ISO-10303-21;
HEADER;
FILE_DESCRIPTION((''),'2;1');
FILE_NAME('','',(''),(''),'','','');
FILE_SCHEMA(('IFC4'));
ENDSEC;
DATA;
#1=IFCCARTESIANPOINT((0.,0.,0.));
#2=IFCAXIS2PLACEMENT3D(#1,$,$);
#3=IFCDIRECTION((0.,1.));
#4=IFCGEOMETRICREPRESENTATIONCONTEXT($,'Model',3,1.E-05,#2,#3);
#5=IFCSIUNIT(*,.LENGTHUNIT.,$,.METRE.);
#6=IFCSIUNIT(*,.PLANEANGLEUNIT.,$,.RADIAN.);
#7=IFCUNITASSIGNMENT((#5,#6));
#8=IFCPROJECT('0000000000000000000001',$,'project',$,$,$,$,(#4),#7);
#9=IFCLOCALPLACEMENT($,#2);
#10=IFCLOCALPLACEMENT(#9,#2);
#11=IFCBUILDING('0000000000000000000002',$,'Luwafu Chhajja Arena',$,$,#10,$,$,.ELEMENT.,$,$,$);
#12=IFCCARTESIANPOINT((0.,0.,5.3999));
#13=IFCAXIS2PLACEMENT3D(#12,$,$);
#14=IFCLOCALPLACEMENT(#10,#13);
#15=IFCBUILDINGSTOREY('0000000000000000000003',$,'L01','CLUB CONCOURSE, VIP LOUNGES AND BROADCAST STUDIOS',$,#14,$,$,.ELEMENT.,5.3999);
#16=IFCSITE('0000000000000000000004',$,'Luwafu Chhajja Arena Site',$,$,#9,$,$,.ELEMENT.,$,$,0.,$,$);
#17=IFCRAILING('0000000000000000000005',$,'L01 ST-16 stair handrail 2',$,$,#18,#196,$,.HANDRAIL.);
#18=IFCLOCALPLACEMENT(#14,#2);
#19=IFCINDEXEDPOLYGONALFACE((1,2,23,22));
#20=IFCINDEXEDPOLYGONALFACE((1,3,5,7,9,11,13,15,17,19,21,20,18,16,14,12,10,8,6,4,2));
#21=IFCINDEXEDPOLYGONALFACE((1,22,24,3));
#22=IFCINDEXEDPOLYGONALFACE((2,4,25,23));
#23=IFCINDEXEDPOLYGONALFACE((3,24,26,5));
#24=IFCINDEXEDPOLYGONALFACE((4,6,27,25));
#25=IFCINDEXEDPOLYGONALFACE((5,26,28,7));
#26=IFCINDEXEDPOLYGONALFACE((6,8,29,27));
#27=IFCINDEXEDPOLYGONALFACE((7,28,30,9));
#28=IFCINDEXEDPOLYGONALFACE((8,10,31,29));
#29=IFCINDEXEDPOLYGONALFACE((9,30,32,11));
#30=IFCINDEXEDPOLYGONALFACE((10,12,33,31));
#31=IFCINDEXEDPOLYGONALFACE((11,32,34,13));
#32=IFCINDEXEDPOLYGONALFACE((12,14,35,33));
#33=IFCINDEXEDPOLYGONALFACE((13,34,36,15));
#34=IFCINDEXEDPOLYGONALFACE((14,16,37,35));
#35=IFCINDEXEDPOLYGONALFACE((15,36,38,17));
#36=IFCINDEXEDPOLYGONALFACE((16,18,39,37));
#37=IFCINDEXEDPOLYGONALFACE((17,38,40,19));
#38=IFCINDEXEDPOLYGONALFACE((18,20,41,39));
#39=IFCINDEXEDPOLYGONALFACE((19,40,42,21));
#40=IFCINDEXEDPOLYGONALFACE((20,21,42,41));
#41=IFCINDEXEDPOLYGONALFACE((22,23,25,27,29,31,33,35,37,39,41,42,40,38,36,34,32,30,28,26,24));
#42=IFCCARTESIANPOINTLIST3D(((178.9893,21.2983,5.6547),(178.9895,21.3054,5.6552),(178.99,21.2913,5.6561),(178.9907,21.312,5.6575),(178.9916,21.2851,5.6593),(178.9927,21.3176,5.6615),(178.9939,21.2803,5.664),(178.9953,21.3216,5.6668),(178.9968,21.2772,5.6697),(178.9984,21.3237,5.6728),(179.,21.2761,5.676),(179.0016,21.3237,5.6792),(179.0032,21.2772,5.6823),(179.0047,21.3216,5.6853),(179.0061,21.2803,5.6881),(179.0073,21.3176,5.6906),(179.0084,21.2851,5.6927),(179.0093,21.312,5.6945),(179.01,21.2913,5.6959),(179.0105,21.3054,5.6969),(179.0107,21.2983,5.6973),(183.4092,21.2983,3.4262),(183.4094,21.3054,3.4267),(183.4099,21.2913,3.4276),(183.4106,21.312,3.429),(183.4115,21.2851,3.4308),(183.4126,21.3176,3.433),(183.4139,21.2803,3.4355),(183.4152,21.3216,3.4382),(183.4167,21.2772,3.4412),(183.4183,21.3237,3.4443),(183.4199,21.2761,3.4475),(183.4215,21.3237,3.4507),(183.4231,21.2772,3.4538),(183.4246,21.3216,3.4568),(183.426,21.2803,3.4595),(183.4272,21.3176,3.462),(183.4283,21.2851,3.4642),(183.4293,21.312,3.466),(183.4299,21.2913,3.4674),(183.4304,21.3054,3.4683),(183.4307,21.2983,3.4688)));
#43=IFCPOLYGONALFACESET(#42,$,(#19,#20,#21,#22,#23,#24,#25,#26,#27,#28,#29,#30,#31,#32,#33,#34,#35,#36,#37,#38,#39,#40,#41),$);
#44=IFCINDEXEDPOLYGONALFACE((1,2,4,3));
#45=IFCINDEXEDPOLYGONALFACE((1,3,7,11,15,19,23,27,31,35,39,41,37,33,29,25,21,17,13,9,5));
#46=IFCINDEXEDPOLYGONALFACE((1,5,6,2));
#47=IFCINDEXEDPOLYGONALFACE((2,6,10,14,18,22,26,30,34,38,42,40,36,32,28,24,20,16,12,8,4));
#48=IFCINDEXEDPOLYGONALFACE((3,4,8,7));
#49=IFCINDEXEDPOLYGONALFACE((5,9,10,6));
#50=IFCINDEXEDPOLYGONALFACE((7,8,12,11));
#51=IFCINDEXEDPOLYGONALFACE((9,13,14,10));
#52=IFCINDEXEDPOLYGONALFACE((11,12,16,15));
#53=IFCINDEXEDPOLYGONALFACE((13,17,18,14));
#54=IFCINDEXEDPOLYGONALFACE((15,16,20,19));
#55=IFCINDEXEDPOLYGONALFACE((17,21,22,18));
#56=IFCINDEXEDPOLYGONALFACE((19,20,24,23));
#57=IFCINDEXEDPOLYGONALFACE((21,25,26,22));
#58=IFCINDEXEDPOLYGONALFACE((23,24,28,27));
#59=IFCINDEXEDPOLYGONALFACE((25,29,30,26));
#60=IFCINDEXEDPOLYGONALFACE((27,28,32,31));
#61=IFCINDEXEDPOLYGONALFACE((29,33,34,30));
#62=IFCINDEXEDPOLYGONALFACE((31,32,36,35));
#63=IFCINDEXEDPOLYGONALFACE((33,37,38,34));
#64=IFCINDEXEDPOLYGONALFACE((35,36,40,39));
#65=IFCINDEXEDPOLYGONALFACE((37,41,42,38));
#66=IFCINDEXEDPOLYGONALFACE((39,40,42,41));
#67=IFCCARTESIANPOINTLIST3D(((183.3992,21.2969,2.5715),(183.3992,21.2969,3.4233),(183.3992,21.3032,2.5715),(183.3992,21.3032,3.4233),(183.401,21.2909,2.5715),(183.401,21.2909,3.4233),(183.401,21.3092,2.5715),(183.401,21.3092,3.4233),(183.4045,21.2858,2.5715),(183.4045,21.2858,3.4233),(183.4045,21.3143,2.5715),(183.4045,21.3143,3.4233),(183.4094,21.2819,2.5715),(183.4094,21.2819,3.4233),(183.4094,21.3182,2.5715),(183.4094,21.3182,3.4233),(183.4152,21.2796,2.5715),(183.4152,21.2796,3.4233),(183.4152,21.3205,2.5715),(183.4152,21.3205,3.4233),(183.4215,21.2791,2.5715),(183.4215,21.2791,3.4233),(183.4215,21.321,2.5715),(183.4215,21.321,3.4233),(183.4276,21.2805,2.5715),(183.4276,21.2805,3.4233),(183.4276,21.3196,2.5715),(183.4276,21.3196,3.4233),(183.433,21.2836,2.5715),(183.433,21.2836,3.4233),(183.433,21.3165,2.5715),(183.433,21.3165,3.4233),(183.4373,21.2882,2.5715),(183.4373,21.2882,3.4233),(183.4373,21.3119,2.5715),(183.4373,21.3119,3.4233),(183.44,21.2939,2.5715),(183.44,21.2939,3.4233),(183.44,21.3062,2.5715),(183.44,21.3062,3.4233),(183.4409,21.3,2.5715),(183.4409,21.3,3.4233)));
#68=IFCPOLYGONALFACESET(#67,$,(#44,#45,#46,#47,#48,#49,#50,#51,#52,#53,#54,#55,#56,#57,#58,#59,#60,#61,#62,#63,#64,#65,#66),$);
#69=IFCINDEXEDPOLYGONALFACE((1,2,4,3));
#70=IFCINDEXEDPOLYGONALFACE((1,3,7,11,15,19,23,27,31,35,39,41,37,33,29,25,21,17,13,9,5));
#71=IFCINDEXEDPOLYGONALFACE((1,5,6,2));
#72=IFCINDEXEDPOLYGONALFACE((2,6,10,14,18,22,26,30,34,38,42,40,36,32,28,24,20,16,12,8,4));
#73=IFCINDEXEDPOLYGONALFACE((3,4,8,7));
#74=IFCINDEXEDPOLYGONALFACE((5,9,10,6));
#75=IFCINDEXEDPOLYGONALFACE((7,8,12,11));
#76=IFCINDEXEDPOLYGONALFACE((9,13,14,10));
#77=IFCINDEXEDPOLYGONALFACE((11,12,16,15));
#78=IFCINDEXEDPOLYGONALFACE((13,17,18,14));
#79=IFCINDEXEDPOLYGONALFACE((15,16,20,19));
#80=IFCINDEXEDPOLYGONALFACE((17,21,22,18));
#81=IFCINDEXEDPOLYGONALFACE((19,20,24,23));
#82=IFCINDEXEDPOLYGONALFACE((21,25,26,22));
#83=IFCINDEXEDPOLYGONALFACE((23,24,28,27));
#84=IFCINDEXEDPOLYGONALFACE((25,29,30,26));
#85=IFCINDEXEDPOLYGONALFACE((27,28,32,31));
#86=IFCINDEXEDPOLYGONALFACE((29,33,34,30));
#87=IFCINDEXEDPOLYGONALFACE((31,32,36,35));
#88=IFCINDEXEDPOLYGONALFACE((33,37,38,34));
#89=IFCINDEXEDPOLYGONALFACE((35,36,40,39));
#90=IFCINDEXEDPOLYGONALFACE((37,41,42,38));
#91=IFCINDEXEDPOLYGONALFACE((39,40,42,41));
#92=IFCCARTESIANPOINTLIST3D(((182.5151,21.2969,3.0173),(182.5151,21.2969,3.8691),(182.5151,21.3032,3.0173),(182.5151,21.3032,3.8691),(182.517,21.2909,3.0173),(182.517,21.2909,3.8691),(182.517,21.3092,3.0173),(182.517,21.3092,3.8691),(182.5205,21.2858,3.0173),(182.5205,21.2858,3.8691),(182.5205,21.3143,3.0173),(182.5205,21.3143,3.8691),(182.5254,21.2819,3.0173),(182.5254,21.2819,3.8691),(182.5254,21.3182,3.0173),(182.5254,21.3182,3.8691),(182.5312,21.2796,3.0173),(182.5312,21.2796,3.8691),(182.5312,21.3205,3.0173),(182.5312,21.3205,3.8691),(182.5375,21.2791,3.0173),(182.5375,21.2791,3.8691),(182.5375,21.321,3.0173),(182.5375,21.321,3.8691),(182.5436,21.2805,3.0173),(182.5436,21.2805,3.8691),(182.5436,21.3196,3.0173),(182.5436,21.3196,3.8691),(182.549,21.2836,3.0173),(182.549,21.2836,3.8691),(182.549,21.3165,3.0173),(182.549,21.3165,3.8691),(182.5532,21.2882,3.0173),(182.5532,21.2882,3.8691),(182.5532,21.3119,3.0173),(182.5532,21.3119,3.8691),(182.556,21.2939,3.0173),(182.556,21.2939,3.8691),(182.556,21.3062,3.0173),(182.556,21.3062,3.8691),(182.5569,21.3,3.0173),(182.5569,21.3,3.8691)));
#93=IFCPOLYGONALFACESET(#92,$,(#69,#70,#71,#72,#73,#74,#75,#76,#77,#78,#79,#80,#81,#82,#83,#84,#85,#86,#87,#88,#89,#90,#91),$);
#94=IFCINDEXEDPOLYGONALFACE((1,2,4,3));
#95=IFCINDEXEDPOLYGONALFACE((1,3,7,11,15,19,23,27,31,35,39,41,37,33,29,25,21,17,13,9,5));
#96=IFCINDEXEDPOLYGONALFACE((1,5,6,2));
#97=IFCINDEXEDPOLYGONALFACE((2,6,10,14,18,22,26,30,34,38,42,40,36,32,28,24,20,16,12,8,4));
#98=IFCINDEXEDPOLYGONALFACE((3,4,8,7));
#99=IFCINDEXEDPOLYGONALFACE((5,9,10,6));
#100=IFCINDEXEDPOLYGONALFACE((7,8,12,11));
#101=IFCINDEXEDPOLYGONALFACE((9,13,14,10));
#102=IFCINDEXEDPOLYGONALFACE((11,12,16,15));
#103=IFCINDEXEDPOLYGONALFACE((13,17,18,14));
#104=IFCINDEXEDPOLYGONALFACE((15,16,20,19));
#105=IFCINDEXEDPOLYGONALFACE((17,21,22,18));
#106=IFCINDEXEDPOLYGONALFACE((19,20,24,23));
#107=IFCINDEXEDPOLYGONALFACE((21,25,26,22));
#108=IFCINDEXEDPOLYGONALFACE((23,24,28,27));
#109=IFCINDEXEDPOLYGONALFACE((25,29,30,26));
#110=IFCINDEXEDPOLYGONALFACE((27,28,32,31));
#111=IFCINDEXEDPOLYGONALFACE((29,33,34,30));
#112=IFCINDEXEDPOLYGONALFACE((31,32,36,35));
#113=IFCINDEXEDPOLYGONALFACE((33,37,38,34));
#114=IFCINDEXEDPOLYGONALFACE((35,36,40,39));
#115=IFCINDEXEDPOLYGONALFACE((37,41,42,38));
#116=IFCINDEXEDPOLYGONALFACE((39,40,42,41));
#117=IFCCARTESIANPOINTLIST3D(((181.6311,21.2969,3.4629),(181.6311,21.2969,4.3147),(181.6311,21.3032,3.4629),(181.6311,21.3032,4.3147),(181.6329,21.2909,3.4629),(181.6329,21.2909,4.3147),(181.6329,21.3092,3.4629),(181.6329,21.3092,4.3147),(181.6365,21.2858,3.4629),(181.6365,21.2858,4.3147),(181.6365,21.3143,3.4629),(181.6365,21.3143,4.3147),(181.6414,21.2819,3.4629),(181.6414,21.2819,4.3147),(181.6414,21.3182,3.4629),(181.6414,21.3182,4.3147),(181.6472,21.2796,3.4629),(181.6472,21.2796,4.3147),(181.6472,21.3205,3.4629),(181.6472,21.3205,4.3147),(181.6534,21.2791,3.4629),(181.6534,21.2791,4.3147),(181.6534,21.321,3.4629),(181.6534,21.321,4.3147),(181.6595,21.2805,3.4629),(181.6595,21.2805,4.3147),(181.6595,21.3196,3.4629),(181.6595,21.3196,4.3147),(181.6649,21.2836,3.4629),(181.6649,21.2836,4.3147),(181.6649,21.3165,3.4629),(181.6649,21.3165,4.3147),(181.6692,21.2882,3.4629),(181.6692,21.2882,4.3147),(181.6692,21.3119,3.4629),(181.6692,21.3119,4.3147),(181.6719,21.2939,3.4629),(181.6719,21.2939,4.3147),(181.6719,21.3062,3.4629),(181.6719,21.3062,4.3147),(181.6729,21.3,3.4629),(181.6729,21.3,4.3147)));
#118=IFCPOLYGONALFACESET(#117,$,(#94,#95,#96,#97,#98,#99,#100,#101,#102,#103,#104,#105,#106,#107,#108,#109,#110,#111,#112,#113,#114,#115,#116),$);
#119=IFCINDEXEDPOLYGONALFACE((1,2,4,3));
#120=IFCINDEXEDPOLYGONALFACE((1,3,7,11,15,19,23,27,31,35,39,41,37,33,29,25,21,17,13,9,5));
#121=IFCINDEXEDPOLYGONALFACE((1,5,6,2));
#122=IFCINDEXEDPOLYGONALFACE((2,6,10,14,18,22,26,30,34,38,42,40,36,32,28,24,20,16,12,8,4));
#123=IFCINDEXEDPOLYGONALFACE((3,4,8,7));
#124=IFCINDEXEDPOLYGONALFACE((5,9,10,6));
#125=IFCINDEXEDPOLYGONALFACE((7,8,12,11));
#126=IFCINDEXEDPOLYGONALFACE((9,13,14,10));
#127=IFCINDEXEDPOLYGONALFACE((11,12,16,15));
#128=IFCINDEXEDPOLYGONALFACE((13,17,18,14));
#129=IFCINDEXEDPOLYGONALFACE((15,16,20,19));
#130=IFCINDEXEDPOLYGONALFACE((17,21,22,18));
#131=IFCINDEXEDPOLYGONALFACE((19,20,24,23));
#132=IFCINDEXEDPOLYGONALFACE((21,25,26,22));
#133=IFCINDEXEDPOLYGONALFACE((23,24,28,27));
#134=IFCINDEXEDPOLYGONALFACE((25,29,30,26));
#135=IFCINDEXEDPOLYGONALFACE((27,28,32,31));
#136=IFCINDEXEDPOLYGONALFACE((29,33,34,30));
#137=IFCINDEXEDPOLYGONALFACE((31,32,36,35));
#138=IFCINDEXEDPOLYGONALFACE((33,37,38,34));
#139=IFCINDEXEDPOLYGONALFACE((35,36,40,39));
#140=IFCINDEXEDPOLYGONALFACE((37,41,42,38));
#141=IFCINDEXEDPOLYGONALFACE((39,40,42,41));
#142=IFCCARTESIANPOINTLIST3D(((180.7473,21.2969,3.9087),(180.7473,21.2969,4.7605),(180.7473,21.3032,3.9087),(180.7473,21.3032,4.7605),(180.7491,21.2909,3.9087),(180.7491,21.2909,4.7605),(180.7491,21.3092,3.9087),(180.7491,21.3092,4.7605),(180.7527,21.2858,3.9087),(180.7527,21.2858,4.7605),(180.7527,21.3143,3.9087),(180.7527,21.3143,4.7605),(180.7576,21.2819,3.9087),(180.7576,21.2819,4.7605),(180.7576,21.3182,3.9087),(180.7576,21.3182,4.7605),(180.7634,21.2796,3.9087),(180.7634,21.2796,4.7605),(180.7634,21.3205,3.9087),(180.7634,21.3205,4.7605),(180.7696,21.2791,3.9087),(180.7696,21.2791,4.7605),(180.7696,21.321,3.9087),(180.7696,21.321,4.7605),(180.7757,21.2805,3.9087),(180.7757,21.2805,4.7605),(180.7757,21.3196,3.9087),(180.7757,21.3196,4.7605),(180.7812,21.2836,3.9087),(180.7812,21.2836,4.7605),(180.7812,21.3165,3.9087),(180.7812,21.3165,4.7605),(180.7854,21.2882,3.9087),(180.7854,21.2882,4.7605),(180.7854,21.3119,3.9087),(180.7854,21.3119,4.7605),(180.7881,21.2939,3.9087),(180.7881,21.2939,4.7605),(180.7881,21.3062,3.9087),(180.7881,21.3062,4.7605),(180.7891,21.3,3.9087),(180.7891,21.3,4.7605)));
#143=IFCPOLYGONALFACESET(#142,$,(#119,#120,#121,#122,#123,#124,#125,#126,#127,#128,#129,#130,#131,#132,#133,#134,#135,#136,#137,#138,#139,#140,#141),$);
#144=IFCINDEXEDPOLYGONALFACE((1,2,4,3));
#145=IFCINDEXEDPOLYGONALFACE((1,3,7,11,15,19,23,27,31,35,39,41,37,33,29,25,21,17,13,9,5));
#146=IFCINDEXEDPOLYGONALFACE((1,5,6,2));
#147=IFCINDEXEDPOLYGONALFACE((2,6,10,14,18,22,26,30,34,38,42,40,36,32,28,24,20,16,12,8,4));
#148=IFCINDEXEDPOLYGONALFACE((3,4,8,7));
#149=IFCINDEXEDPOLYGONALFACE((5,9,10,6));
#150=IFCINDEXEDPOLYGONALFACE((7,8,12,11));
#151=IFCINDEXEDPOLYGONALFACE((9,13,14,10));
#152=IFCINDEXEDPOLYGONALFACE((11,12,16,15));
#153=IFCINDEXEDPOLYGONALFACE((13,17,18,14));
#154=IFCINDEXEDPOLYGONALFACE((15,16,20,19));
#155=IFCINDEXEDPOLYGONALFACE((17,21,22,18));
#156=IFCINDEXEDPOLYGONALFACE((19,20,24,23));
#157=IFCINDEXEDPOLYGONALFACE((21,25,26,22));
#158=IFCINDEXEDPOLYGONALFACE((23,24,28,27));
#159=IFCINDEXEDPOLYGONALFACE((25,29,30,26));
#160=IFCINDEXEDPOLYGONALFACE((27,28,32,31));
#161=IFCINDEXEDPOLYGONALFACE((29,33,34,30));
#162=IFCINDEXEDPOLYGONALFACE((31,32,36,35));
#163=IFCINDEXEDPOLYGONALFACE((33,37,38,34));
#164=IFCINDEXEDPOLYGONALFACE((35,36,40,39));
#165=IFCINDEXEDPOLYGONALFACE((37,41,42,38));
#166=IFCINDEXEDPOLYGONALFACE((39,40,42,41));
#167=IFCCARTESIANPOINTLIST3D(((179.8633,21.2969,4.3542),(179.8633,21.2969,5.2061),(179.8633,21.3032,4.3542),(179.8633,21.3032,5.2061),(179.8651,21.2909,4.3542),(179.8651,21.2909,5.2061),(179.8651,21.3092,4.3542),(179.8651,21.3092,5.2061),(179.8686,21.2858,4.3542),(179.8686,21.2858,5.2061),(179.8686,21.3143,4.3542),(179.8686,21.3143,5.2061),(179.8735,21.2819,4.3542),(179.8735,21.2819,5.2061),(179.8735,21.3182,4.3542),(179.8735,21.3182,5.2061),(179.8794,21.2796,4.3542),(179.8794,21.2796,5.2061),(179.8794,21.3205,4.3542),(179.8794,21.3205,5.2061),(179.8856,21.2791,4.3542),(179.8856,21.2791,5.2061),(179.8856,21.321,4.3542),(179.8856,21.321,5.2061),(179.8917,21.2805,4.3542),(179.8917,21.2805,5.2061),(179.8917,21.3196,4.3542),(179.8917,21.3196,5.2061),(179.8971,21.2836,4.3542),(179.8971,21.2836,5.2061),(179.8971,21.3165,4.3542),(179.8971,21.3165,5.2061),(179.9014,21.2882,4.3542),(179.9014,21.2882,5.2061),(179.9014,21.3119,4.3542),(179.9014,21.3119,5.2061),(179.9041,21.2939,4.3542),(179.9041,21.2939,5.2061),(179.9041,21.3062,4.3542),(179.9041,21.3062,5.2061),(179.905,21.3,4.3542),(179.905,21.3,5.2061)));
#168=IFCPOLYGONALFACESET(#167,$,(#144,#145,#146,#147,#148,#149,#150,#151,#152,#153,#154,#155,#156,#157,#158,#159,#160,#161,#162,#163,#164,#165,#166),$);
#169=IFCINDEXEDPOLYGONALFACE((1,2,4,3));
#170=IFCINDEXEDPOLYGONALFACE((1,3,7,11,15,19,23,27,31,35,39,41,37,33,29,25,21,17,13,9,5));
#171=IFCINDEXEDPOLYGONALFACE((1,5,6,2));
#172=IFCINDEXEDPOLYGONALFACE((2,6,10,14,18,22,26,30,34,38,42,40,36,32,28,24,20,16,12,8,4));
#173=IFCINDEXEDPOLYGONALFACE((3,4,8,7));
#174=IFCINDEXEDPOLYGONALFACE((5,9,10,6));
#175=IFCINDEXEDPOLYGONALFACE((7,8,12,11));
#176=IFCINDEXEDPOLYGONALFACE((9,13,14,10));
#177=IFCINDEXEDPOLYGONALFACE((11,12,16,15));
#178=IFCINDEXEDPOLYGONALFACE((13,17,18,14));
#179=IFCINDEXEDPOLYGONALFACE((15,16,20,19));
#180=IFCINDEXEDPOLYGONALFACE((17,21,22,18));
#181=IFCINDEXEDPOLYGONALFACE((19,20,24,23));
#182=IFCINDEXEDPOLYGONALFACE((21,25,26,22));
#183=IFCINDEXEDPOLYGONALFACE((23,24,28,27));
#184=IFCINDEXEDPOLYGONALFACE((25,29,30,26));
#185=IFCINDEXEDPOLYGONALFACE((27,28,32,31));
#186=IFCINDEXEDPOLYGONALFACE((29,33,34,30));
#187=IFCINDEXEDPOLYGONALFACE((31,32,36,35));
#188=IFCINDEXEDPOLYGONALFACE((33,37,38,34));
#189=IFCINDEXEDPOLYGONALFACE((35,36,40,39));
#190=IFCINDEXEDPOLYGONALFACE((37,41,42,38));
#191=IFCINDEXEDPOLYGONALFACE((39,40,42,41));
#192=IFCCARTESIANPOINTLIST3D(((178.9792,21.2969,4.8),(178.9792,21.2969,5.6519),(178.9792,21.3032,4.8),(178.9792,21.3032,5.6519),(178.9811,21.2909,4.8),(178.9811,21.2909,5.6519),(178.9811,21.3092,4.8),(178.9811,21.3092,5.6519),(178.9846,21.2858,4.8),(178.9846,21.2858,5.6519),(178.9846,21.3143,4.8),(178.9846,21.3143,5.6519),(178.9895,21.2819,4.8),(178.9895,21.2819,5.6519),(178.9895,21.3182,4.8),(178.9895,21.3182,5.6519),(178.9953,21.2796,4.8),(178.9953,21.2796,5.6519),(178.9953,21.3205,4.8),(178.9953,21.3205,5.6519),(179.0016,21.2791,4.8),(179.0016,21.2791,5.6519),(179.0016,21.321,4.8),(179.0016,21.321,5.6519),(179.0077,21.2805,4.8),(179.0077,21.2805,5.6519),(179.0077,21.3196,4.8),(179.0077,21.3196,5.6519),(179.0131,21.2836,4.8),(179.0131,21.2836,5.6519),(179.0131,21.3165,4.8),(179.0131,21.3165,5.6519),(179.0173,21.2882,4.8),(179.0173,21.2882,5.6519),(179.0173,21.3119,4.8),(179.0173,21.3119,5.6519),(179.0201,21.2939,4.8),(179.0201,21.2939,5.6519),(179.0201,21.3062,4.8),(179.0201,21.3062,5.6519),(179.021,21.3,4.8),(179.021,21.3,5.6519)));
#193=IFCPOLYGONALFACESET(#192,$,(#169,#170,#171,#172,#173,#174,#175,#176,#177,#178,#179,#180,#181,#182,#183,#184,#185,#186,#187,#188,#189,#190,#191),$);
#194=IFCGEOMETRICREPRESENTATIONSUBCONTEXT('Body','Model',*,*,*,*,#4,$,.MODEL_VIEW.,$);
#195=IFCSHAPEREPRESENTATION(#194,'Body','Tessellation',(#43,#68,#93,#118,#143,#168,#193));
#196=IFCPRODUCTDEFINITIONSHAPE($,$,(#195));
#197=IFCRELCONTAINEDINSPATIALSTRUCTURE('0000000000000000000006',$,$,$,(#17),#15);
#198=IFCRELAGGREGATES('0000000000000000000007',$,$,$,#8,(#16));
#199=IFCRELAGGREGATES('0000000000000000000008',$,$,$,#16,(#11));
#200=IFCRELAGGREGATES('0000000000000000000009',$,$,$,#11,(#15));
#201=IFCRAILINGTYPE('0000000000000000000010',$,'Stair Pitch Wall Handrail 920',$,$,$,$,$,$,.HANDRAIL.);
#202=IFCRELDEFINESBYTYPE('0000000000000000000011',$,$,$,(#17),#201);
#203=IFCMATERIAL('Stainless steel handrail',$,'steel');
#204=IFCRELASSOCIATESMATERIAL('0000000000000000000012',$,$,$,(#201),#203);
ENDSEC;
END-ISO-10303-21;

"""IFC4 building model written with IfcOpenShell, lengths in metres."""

from ifc_helpers import new_model, si_unit, direction, frame, origin, origin_2d, place, context, subcontext, project, spatial, circle, extrude, material, type_object, element, save


model = new_model("IFC4")

# Units and contexts
model_context = context("Model", 3, precision=1e-05, world=origin(), true_north=direction((0.0, 1.0)))
body_context = subcontext(model_context, "Body", "Model", "MODEL_VIEW")
ifc_project = project(units=[si_unit("LENGTHUNIT", "METRE"), si_unit("PLANEANGLEUNIT", "RADIAN")], contexts=[model_context])

# Site, building, storey
site_placement = place(None, origin())
site = spatial("IfcSite", under=ifc_project, at=site_placement, Name="Luwafu Chhajja Arena Site", CompositionType="ELEMENT", RefElevation=0.0)
building_placement = place(site_placement, origin())
building = spatial("IfcBuilding", under=site, at=building_placement, Name="Luwafu Chhajja Arena", CompositionType="ELEMENT")
storey_placement = place(building_placement, frame((0.0, 0.0, 5.3999)))
storey = spatial("IfcBuildingStorey", under=building, at=storey_placement, Name="L01", Description="CLUB CONCOURSE, VIP LOUNGES AND BROADCAST STUDIOS", CompositionType="ELEMENT", Elevation=5.3999)

# Railing
ifc_material_1 = material(Name="Stainless steel handrail", Category="steel")
railing_type_1 = type_object("IfcRailingType", Name="Stair Pitch Wall Handrail 920", PredefinedType="HANDRAIL", material=ifc_material_1)
railing_1_placement = place(storey_placement, frame((183.4199, 21.3, 2.5715)))
element("IfcRailing", 1, at=railing_1_placement, inside=storey, type_object=railing_type_1, Name="L01 ST-16 stair handrail 2", PredefinedType="HANDRAIL", context=body_context, shape_type="SweptSolid", body=[
    extrude(circle(Radius=0.0239, at=origin_2d()), frame((0.0, 0.0, 0.876), z_axis=(-0.892923, 0.0, 0.45021), x_axis=(0.0, -1.0, 0.0)), (0.0, 0.0, 1.0), 4.95),
    extrude(circle(Radius=0.021, at=origin_2d()), origin(), (0.0, 0.0, 1.0), 0.8518),
    extrude(circle(Radius=0.021, at=origin_2d()), frame((-0.884, 0.0, 0.4458)), (0.0, 0.0, 1.0), 0.8518),
    extrude(circle(Radius=0.021, at=origin_2d()), frame((-1.7681, 0.0, 0.8914)), (0.0, 0.0, 1.0), 0.8518),
    extrude(circle(Radius=0.021, at=origin_2d()), frame((-2.6519, 0.0, 1.3372)), (0.0, 0.0, 1.0), 0.8518),
    extrude(circle(Radius=0.021, at=origin_2d()), frame((-3.5359, 0.0, 1.7827)), (0.0, 0.0, 1.0), 0.8518),
    extrude(circle(Radius=0.021, at=origin_2d()), frame((-4.4199, 0.0, 2.2285)), (0.0, 0.0, 1.0), 0.8518),
])

save(model, "model.ifc")
